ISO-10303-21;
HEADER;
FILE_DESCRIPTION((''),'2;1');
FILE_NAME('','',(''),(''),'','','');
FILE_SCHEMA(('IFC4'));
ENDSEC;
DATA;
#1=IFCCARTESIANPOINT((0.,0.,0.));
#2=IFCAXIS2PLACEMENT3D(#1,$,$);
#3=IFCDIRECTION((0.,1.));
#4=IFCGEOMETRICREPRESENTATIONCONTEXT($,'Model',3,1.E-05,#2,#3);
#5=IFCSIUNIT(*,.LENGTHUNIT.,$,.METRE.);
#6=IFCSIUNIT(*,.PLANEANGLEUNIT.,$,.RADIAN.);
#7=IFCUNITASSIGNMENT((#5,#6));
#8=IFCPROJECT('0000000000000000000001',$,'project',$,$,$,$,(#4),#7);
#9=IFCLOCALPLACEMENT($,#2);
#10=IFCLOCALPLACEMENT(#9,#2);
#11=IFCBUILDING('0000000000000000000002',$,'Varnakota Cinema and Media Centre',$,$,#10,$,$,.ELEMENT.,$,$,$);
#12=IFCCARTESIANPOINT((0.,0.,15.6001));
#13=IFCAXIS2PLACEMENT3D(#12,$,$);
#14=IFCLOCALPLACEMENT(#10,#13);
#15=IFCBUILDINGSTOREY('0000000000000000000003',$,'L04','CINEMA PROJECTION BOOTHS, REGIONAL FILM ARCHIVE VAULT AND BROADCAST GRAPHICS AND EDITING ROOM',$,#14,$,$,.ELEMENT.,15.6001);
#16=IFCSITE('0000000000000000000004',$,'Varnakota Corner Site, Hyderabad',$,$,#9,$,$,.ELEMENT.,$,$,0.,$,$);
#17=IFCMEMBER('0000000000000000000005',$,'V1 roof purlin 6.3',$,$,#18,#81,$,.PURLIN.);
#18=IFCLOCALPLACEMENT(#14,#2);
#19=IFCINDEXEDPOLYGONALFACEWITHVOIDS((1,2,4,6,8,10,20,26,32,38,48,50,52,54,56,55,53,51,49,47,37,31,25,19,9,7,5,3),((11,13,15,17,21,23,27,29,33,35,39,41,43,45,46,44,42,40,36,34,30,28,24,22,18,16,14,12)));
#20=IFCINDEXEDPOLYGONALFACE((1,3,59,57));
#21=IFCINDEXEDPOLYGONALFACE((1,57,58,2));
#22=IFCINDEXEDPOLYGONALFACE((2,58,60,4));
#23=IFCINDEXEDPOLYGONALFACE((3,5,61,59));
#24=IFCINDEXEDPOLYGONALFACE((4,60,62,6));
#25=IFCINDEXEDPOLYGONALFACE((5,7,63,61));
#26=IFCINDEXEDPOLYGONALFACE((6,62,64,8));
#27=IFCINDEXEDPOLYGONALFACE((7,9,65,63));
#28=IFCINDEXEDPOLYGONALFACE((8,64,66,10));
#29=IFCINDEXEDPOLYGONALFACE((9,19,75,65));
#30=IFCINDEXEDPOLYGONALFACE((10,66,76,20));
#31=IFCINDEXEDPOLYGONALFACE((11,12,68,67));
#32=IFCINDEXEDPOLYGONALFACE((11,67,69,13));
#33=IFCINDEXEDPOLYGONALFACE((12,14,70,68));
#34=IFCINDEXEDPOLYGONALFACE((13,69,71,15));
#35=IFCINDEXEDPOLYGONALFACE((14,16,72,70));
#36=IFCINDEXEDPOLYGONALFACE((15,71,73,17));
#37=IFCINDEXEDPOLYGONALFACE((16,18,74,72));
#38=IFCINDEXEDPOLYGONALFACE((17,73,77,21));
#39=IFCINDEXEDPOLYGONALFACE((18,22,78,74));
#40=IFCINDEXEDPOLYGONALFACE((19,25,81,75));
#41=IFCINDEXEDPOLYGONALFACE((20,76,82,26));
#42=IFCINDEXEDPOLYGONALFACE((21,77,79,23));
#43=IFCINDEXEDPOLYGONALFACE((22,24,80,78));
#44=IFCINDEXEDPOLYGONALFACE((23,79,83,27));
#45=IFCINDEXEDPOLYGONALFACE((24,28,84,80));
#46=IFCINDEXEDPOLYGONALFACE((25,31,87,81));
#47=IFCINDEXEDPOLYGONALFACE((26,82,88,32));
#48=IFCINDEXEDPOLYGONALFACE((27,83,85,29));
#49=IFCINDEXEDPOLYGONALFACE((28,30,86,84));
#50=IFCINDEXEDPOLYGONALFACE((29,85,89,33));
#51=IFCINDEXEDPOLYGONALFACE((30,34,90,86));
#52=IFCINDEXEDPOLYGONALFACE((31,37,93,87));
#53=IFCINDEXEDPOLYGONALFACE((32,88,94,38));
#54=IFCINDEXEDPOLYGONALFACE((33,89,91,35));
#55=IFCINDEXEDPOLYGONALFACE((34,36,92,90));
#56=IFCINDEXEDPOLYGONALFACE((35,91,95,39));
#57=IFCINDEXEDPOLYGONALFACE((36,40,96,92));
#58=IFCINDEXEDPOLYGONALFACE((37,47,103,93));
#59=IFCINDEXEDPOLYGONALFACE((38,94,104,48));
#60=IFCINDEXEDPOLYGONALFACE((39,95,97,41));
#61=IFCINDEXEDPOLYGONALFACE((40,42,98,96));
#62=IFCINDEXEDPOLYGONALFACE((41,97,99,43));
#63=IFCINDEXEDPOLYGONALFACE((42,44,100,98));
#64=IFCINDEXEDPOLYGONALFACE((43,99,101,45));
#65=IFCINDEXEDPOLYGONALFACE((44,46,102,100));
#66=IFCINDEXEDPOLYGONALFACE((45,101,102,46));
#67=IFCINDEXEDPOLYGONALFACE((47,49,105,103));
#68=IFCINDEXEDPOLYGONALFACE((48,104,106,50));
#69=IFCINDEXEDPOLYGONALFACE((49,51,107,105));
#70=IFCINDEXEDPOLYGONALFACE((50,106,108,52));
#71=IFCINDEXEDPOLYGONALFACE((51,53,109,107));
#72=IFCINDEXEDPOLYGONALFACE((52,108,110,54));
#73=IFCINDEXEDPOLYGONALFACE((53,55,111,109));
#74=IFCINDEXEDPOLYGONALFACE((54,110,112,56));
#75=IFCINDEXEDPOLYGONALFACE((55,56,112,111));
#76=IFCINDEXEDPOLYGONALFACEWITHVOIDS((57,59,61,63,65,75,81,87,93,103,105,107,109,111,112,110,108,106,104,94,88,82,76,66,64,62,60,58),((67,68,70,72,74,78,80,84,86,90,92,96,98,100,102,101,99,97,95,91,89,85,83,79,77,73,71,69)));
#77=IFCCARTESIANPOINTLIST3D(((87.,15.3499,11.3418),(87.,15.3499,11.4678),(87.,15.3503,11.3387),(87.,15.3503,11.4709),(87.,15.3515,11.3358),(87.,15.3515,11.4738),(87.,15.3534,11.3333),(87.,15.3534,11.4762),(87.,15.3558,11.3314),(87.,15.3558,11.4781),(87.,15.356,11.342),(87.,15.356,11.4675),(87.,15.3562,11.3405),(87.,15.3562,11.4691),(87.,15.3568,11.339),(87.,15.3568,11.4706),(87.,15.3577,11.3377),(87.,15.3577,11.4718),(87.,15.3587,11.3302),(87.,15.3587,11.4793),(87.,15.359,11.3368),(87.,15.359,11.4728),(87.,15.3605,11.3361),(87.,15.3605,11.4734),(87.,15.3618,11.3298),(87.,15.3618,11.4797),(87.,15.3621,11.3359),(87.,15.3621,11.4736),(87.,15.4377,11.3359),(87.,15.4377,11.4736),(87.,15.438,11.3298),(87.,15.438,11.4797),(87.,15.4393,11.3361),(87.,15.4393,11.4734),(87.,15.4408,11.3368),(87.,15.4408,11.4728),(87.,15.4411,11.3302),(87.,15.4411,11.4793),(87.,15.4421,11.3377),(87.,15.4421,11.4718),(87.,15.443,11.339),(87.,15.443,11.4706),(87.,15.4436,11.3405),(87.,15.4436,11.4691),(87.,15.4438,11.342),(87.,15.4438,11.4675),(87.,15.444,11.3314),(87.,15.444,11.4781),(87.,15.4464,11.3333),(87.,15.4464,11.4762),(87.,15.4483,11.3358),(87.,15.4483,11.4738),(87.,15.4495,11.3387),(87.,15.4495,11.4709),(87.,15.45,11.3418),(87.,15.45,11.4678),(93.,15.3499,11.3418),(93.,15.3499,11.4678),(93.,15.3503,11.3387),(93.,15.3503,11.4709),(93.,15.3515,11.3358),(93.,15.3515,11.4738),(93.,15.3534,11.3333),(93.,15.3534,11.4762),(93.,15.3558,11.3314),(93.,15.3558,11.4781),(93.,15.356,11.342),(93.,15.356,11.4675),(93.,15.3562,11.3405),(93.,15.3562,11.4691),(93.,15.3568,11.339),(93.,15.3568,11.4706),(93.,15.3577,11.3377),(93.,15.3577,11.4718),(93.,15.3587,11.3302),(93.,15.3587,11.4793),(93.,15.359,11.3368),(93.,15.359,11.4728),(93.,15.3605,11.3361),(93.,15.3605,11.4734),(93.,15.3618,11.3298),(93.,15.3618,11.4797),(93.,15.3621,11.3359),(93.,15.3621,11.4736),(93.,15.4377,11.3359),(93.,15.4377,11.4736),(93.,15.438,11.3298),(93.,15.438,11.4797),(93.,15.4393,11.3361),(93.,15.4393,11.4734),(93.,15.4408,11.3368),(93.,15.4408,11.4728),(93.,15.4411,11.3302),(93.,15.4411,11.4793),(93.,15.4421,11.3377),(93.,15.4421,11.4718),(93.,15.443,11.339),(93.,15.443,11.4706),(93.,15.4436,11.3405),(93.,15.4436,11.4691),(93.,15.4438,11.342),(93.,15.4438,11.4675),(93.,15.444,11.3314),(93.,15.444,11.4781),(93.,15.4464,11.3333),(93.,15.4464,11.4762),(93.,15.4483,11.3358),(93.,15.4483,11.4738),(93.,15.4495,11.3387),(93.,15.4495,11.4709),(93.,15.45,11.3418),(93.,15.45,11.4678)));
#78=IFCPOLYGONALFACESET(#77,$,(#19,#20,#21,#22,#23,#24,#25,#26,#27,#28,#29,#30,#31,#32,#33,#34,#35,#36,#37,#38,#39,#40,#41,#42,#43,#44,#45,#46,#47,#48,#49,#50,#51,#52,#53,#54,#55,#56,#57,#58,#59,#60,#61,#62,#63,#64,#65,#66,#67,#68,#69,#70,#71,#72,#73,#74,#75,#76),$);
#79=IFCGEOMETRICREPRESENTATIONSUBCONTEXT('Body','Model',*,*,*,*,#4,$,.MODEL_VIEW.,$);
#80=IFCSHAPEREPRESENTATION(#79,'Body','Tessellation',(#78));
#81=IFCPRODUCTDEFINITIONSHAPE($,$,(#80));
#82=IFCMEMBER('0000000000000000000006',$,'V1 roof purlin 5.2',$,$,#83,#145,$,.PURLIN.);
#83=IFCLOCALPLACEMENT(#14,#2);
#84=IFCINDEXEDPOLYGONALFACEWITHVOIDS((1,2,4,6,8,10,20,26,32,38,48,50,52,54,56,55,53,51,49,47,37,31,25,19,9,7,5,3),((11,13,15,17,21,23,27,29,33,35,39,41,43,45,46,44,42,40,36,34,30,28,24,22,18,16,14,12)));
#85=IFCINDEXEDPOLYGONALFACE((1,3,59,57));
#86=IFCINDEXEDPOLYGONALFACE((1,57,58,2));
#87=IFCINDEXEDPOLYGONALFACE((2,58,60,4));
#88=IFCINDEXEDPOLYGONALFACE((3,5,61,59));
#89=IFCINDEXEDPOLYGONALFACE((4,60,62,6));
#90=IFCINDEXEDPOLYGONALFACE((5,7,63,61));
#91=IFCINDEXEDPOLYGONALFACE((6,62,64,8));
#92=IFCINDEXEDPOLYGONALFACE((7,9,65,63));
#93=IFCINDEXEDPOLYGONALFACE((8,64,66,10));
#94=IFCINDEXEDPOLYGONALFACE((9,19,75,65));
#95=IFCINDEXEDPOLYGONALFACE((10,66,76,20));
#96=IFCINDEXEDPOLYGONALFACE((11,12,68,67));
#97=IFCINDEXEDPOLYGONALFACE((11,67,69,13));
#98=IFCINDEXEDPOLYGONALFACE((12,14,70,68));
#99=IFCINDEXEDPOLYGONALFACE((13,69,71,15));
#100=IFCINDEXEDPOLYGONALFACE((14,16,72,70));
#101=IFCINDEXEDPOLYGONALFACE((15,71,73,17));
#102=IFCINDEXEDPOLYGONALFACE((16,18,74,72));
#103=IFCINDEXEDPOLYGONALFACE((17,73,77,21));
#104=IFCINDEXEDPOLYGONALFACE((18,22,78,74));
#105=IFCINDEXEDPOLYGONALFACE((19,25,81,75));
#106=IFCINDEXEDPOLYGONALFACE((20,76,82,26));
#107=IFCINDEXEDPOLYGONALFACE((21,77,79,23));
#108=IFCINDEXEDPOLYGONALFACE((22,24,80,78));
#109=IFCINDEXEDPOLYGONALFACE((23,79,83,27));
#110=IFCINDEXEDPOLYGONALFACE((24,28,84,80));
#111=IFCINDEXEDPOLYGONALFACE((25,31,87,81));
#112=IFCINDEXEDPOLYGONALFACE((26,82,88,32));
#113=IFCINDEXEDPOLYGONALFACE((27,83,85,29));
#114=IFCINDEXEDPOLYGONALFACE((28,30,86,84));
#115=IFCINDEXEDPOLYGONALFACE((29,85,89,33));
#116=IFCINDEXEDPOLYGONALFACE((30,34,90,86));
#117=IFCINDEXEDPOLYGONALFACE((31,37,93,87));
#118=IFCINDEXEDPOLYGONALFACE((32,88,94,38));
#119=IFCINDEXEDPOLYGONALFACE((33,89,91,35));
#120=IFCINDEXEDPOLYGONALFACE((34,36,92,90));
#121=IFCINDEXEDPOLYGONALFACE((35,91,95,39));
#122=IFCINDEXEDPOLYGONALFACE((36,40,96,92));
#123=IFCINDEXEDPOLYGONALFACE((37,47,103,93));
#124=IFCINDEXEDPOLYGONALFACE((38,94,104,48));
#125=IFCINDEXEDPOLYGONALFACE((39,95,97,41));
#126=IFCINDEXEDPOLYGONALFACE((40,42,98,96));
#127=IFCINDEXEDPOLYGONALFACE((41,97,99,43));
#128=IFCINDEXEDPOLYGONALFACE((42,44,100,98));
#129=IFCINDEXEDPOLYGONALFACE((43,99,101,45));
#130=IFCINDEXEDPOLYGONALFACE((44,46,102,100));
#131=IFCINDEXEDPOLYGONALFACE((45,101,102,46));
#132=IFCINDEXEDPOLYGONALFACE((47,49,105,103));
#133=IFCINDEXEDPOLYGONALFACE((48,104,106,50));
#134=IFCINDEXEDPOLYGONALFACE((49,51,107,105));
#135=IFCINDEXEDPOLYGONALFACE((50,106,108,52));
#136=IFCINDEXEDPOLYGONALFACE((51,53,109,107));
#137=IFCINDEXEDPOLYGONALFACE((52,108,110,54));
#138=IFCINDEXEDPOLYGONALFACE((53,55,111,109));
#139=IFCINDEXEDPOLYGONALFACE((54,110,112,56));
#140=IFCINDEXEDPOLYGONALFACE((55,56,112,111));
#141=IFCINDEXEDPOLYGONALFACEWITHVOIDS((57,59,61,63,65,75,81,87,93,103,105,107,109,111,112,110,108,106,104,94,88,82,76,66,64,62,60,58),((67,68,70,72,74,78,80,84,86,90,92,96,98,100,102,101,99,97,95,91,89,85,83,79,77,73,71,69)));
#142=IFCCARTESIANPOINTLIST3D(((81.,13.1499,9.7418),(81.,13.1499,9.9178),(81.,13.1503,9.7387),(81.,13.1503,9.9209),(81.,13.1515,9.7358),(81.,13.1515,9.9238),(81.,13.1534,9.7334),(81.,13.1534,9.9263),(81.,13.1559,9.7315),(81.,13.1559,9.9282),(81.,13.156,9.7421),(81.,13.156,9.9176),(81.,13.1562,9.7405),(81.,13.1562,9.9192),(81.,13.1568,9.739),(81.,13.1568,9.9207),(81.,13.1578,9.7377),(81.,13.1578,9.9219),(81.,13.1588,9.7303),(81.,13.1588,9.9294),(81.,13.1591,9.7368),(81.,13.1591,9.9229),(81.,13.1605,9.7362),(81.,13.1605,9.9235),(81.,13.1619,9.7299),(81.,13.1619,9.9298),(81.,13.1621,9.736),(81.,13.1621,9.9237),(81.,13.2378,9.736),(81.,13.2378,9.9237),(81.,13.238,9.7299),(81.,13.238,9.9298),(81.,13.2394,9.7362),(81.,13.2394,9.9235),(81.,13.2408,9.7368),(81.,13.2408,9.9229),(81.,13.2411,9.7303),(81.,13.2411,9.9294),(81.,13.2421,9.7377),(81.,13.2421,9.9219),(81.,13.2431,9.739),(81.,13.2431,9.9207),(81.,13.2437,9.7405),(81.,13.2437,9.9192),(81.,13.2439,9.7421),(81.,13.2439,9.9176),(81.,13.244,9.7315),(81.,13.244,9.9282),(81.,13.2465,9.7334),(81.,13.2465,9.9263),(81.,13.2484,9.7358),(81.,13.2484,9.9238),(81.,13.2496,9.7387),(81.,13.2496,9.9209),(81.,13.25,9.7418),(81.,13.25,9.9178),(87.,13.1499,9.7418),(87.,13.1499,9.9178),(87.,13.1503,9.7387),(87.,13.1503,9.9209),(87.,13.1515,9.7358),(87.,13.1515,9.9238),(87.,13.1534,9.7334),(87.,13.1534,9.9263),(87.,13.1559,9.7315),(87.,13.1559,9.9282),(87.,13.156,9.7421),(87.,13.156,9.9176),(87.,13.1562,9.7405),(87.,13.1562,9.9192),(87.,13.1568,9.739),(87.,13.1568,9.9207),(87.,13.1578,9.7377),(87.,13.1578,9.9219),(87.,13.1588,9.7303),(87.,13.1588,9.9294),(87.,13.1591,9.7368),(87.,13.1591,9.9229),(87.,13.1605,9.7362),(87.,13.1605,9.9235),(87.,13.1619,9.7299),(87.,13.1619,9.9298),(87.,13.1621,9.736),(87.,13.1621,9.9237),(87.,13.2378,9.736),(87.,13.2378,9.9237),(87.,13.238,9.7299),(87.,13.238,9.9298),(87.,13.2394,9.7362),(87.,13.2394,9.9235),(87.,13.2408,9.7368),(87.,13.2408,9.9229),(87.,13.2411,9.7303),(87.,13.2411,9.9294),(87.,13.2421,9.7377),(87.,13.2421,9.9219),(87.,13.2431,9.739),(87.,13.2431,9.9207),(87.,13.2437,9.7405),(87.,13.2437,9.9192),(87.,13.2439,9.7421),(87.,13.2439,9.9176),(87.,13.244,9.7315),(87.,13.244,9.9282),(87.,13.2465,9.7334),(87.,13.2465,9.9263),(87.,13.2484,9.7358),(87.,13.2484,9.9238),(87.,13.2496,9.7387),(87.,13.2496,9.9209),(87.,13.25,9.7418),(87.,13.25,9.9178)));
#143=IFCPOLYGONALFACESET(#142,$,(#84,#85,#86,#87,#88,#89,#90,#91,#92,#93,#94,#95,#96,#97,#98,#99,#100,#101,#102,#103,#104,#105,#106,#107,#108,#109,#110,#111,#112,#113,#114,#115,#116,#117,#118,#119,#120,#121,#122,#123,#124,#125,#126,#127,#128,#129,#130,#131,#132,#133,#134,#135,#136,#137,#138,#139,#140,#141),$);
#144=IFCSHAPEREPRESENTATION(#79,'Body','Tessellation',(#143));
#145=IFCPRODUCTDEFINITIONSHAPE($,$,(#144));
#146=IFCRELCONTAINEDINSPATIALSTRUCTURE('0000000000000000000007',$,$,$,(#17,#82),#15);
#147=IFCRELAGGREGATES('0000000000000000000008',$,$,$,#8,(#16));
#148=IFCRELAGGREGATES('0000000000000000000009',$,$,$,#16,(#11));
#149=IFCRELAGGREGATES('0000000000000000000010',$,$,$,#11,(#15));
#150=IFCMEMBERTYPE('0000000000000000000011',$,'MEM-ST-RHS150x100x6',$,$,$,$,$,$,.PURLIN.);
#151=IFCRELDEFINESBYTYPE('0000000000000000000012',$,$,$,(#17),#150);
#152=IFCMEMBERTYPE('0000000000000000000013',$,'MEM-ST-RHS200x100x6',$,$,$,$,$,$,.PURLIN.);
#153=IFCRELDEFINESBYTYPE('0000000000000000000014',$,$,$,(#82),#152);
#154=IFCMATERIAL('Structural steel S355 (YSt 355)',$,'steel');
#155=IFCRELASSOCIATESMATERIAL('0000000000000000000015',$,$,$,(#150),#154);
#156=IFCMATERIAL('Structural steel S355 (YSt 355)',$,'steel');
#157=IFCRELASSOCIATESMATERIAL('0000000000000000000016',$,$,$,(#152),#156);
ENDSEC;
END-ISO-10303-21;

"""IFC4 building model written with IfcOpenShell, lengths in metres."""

from ifc_helpers import new_model, si_unit, direction, frame, origin, origin_2d, place, context, subcontext, project, spatial, hollow_rectangle, extrude, material, material_profile, profile_set, type_object, element, save


model = new_model("IFC4")

# Units and contexts
model_context = context("Model", 3, precision=1e-05, world=origin(), true_north=direction((0.0, 1.0)))
body_context = subcontext(model_context, "Body", "Model", "MODEL_VIEW")
ifc_project = project(units=[si_unit("LENGTHUNIT", "METRE"), si_unit("PLANEANGLEUNIT", "RADIAN")], contexts=[model_context])

# Site, building, storey
site_placement = place(None, origin())
site = spatial("IfcSite", under=ifc_project, at=site_placement, Name="Varnakota Corner Site, Hyderabad", CompositionType="ELEMENT", RefElevation=0.0)
building_placement = place(site_placement, origin())
building = spatial("IfcBuilding", under=site, at=building_placement, Name="Varnakota Cinema and Media Centre", CompositionType="ELEMENT")
storey_placement = place(building_placement, frame((0.0, 0.0, 15.6001)))
storey = spatial("IfcBuildingStorey", under=building, at=storey_placement, Name="L04", Description="CINEMA PROJECTION BOOTHS, REGIONAL FILM ARCHIVE VAULT AND BROADCAST GRAPHICS AND EDITING ROOM", CompositionType="ELEMENT", Elevation=15.6001)

# Members
ifc_material_1 = material(Name="Structural steel S355 (YSt 355)", Category="steel")
ifc_material_profile_1 = material_profile(ifc_material_1, hollow_rectangle(XDim=0.1001, YDim=0.1499, WallThickness=0.0061, InnerFilletRadius=0.0061, OuterFilletRadius=0.012, at=origin_2d()), Name="RHS 150x100x6")
ifc_profile_set_1 = profile_set([ifc_material_profile_1], Name="Structural steel S355 (YSt 355)")
member_type_1 = type_object("IfcMemberType", Name="MEM-ST-RHS150x100x6", PredefinedType="PURLIN", material=ifc_profile_set_1)
for number, where, z_axis, x_axis, name in (
    (1, (87.0, 15.3999, 11.4048), (1.0, 0.0, 0.0), (0.0, 1.0, 0.0), "V1 roof purlin 6.3"),
):
    element("IfcMember", number, at=place(storey_placement, frame(where, z_axis=z_axis, x_axis=x_axis)), inside=storey, type_object=member_type_1, Name=name, PredefinedType="PURLIN", context=body_context, shape_type="SweptSolid", body=[
        extrude(hollow_rectangle(XDim=0.1001, YDim=0.1499, WallThickness=0.0061, InnerFilletRadius=0.0061, OuterFilletRadius=0.012, at=origin_2d()), origin(), (0.0, 0.0, 1.0), 6.0),
    ])
ifc_material_2 = material(Name="Structural steel S355 (YSt 355)", Category="steel")
ifc_material_profile_2 = material_profile(ifc_material_2, hollow_rectangle(XDim=0.1001, YDim=0.2, WallThickness=0.0061, InnerFilletRadius=0.0061, OuterFilletRadius=0.012, at=origin_2d()), Name="RHS 200x100x6")
ifc_profile_set_2 = profile_set([ifc_material_profile_2], Name="Structural steel S355 (YSt 355)")
member_type_2 = type_object("IfcMemberType", Name="MEM-ST-RHS200x100x6", PredefinedType="PURLIN", material=ifc_profile_set_2)
for number, where, z_axis, x_axis, name in (
    (2, (81.0, 13.2, 9.8298), (1.0, 0.0, 0.0), (0.0, 1.0, 0.0), "V1 roof purlin 5.2"),
):
    element("IfcMember", number, at=place(storey_placement, frame(where, z_axis=z_axis, x_axis=x_axis)), inside=storey, type_object=member_type_2, Name=name, PredefinedType="PURLIN", context=body_context, shape_type="SweptSolid", body=[
        extrude(hollow_rectangle(XDim=0.1001, YDim=0.2, WallThickness=0.0061, InnerFilletRadius=0.0061, OuterFilletRadius=0.012, at=origin_2d()), origin(), (0.0, 0.0, 1.0), 6.0),
    ])

save(model, "model.ifc")
